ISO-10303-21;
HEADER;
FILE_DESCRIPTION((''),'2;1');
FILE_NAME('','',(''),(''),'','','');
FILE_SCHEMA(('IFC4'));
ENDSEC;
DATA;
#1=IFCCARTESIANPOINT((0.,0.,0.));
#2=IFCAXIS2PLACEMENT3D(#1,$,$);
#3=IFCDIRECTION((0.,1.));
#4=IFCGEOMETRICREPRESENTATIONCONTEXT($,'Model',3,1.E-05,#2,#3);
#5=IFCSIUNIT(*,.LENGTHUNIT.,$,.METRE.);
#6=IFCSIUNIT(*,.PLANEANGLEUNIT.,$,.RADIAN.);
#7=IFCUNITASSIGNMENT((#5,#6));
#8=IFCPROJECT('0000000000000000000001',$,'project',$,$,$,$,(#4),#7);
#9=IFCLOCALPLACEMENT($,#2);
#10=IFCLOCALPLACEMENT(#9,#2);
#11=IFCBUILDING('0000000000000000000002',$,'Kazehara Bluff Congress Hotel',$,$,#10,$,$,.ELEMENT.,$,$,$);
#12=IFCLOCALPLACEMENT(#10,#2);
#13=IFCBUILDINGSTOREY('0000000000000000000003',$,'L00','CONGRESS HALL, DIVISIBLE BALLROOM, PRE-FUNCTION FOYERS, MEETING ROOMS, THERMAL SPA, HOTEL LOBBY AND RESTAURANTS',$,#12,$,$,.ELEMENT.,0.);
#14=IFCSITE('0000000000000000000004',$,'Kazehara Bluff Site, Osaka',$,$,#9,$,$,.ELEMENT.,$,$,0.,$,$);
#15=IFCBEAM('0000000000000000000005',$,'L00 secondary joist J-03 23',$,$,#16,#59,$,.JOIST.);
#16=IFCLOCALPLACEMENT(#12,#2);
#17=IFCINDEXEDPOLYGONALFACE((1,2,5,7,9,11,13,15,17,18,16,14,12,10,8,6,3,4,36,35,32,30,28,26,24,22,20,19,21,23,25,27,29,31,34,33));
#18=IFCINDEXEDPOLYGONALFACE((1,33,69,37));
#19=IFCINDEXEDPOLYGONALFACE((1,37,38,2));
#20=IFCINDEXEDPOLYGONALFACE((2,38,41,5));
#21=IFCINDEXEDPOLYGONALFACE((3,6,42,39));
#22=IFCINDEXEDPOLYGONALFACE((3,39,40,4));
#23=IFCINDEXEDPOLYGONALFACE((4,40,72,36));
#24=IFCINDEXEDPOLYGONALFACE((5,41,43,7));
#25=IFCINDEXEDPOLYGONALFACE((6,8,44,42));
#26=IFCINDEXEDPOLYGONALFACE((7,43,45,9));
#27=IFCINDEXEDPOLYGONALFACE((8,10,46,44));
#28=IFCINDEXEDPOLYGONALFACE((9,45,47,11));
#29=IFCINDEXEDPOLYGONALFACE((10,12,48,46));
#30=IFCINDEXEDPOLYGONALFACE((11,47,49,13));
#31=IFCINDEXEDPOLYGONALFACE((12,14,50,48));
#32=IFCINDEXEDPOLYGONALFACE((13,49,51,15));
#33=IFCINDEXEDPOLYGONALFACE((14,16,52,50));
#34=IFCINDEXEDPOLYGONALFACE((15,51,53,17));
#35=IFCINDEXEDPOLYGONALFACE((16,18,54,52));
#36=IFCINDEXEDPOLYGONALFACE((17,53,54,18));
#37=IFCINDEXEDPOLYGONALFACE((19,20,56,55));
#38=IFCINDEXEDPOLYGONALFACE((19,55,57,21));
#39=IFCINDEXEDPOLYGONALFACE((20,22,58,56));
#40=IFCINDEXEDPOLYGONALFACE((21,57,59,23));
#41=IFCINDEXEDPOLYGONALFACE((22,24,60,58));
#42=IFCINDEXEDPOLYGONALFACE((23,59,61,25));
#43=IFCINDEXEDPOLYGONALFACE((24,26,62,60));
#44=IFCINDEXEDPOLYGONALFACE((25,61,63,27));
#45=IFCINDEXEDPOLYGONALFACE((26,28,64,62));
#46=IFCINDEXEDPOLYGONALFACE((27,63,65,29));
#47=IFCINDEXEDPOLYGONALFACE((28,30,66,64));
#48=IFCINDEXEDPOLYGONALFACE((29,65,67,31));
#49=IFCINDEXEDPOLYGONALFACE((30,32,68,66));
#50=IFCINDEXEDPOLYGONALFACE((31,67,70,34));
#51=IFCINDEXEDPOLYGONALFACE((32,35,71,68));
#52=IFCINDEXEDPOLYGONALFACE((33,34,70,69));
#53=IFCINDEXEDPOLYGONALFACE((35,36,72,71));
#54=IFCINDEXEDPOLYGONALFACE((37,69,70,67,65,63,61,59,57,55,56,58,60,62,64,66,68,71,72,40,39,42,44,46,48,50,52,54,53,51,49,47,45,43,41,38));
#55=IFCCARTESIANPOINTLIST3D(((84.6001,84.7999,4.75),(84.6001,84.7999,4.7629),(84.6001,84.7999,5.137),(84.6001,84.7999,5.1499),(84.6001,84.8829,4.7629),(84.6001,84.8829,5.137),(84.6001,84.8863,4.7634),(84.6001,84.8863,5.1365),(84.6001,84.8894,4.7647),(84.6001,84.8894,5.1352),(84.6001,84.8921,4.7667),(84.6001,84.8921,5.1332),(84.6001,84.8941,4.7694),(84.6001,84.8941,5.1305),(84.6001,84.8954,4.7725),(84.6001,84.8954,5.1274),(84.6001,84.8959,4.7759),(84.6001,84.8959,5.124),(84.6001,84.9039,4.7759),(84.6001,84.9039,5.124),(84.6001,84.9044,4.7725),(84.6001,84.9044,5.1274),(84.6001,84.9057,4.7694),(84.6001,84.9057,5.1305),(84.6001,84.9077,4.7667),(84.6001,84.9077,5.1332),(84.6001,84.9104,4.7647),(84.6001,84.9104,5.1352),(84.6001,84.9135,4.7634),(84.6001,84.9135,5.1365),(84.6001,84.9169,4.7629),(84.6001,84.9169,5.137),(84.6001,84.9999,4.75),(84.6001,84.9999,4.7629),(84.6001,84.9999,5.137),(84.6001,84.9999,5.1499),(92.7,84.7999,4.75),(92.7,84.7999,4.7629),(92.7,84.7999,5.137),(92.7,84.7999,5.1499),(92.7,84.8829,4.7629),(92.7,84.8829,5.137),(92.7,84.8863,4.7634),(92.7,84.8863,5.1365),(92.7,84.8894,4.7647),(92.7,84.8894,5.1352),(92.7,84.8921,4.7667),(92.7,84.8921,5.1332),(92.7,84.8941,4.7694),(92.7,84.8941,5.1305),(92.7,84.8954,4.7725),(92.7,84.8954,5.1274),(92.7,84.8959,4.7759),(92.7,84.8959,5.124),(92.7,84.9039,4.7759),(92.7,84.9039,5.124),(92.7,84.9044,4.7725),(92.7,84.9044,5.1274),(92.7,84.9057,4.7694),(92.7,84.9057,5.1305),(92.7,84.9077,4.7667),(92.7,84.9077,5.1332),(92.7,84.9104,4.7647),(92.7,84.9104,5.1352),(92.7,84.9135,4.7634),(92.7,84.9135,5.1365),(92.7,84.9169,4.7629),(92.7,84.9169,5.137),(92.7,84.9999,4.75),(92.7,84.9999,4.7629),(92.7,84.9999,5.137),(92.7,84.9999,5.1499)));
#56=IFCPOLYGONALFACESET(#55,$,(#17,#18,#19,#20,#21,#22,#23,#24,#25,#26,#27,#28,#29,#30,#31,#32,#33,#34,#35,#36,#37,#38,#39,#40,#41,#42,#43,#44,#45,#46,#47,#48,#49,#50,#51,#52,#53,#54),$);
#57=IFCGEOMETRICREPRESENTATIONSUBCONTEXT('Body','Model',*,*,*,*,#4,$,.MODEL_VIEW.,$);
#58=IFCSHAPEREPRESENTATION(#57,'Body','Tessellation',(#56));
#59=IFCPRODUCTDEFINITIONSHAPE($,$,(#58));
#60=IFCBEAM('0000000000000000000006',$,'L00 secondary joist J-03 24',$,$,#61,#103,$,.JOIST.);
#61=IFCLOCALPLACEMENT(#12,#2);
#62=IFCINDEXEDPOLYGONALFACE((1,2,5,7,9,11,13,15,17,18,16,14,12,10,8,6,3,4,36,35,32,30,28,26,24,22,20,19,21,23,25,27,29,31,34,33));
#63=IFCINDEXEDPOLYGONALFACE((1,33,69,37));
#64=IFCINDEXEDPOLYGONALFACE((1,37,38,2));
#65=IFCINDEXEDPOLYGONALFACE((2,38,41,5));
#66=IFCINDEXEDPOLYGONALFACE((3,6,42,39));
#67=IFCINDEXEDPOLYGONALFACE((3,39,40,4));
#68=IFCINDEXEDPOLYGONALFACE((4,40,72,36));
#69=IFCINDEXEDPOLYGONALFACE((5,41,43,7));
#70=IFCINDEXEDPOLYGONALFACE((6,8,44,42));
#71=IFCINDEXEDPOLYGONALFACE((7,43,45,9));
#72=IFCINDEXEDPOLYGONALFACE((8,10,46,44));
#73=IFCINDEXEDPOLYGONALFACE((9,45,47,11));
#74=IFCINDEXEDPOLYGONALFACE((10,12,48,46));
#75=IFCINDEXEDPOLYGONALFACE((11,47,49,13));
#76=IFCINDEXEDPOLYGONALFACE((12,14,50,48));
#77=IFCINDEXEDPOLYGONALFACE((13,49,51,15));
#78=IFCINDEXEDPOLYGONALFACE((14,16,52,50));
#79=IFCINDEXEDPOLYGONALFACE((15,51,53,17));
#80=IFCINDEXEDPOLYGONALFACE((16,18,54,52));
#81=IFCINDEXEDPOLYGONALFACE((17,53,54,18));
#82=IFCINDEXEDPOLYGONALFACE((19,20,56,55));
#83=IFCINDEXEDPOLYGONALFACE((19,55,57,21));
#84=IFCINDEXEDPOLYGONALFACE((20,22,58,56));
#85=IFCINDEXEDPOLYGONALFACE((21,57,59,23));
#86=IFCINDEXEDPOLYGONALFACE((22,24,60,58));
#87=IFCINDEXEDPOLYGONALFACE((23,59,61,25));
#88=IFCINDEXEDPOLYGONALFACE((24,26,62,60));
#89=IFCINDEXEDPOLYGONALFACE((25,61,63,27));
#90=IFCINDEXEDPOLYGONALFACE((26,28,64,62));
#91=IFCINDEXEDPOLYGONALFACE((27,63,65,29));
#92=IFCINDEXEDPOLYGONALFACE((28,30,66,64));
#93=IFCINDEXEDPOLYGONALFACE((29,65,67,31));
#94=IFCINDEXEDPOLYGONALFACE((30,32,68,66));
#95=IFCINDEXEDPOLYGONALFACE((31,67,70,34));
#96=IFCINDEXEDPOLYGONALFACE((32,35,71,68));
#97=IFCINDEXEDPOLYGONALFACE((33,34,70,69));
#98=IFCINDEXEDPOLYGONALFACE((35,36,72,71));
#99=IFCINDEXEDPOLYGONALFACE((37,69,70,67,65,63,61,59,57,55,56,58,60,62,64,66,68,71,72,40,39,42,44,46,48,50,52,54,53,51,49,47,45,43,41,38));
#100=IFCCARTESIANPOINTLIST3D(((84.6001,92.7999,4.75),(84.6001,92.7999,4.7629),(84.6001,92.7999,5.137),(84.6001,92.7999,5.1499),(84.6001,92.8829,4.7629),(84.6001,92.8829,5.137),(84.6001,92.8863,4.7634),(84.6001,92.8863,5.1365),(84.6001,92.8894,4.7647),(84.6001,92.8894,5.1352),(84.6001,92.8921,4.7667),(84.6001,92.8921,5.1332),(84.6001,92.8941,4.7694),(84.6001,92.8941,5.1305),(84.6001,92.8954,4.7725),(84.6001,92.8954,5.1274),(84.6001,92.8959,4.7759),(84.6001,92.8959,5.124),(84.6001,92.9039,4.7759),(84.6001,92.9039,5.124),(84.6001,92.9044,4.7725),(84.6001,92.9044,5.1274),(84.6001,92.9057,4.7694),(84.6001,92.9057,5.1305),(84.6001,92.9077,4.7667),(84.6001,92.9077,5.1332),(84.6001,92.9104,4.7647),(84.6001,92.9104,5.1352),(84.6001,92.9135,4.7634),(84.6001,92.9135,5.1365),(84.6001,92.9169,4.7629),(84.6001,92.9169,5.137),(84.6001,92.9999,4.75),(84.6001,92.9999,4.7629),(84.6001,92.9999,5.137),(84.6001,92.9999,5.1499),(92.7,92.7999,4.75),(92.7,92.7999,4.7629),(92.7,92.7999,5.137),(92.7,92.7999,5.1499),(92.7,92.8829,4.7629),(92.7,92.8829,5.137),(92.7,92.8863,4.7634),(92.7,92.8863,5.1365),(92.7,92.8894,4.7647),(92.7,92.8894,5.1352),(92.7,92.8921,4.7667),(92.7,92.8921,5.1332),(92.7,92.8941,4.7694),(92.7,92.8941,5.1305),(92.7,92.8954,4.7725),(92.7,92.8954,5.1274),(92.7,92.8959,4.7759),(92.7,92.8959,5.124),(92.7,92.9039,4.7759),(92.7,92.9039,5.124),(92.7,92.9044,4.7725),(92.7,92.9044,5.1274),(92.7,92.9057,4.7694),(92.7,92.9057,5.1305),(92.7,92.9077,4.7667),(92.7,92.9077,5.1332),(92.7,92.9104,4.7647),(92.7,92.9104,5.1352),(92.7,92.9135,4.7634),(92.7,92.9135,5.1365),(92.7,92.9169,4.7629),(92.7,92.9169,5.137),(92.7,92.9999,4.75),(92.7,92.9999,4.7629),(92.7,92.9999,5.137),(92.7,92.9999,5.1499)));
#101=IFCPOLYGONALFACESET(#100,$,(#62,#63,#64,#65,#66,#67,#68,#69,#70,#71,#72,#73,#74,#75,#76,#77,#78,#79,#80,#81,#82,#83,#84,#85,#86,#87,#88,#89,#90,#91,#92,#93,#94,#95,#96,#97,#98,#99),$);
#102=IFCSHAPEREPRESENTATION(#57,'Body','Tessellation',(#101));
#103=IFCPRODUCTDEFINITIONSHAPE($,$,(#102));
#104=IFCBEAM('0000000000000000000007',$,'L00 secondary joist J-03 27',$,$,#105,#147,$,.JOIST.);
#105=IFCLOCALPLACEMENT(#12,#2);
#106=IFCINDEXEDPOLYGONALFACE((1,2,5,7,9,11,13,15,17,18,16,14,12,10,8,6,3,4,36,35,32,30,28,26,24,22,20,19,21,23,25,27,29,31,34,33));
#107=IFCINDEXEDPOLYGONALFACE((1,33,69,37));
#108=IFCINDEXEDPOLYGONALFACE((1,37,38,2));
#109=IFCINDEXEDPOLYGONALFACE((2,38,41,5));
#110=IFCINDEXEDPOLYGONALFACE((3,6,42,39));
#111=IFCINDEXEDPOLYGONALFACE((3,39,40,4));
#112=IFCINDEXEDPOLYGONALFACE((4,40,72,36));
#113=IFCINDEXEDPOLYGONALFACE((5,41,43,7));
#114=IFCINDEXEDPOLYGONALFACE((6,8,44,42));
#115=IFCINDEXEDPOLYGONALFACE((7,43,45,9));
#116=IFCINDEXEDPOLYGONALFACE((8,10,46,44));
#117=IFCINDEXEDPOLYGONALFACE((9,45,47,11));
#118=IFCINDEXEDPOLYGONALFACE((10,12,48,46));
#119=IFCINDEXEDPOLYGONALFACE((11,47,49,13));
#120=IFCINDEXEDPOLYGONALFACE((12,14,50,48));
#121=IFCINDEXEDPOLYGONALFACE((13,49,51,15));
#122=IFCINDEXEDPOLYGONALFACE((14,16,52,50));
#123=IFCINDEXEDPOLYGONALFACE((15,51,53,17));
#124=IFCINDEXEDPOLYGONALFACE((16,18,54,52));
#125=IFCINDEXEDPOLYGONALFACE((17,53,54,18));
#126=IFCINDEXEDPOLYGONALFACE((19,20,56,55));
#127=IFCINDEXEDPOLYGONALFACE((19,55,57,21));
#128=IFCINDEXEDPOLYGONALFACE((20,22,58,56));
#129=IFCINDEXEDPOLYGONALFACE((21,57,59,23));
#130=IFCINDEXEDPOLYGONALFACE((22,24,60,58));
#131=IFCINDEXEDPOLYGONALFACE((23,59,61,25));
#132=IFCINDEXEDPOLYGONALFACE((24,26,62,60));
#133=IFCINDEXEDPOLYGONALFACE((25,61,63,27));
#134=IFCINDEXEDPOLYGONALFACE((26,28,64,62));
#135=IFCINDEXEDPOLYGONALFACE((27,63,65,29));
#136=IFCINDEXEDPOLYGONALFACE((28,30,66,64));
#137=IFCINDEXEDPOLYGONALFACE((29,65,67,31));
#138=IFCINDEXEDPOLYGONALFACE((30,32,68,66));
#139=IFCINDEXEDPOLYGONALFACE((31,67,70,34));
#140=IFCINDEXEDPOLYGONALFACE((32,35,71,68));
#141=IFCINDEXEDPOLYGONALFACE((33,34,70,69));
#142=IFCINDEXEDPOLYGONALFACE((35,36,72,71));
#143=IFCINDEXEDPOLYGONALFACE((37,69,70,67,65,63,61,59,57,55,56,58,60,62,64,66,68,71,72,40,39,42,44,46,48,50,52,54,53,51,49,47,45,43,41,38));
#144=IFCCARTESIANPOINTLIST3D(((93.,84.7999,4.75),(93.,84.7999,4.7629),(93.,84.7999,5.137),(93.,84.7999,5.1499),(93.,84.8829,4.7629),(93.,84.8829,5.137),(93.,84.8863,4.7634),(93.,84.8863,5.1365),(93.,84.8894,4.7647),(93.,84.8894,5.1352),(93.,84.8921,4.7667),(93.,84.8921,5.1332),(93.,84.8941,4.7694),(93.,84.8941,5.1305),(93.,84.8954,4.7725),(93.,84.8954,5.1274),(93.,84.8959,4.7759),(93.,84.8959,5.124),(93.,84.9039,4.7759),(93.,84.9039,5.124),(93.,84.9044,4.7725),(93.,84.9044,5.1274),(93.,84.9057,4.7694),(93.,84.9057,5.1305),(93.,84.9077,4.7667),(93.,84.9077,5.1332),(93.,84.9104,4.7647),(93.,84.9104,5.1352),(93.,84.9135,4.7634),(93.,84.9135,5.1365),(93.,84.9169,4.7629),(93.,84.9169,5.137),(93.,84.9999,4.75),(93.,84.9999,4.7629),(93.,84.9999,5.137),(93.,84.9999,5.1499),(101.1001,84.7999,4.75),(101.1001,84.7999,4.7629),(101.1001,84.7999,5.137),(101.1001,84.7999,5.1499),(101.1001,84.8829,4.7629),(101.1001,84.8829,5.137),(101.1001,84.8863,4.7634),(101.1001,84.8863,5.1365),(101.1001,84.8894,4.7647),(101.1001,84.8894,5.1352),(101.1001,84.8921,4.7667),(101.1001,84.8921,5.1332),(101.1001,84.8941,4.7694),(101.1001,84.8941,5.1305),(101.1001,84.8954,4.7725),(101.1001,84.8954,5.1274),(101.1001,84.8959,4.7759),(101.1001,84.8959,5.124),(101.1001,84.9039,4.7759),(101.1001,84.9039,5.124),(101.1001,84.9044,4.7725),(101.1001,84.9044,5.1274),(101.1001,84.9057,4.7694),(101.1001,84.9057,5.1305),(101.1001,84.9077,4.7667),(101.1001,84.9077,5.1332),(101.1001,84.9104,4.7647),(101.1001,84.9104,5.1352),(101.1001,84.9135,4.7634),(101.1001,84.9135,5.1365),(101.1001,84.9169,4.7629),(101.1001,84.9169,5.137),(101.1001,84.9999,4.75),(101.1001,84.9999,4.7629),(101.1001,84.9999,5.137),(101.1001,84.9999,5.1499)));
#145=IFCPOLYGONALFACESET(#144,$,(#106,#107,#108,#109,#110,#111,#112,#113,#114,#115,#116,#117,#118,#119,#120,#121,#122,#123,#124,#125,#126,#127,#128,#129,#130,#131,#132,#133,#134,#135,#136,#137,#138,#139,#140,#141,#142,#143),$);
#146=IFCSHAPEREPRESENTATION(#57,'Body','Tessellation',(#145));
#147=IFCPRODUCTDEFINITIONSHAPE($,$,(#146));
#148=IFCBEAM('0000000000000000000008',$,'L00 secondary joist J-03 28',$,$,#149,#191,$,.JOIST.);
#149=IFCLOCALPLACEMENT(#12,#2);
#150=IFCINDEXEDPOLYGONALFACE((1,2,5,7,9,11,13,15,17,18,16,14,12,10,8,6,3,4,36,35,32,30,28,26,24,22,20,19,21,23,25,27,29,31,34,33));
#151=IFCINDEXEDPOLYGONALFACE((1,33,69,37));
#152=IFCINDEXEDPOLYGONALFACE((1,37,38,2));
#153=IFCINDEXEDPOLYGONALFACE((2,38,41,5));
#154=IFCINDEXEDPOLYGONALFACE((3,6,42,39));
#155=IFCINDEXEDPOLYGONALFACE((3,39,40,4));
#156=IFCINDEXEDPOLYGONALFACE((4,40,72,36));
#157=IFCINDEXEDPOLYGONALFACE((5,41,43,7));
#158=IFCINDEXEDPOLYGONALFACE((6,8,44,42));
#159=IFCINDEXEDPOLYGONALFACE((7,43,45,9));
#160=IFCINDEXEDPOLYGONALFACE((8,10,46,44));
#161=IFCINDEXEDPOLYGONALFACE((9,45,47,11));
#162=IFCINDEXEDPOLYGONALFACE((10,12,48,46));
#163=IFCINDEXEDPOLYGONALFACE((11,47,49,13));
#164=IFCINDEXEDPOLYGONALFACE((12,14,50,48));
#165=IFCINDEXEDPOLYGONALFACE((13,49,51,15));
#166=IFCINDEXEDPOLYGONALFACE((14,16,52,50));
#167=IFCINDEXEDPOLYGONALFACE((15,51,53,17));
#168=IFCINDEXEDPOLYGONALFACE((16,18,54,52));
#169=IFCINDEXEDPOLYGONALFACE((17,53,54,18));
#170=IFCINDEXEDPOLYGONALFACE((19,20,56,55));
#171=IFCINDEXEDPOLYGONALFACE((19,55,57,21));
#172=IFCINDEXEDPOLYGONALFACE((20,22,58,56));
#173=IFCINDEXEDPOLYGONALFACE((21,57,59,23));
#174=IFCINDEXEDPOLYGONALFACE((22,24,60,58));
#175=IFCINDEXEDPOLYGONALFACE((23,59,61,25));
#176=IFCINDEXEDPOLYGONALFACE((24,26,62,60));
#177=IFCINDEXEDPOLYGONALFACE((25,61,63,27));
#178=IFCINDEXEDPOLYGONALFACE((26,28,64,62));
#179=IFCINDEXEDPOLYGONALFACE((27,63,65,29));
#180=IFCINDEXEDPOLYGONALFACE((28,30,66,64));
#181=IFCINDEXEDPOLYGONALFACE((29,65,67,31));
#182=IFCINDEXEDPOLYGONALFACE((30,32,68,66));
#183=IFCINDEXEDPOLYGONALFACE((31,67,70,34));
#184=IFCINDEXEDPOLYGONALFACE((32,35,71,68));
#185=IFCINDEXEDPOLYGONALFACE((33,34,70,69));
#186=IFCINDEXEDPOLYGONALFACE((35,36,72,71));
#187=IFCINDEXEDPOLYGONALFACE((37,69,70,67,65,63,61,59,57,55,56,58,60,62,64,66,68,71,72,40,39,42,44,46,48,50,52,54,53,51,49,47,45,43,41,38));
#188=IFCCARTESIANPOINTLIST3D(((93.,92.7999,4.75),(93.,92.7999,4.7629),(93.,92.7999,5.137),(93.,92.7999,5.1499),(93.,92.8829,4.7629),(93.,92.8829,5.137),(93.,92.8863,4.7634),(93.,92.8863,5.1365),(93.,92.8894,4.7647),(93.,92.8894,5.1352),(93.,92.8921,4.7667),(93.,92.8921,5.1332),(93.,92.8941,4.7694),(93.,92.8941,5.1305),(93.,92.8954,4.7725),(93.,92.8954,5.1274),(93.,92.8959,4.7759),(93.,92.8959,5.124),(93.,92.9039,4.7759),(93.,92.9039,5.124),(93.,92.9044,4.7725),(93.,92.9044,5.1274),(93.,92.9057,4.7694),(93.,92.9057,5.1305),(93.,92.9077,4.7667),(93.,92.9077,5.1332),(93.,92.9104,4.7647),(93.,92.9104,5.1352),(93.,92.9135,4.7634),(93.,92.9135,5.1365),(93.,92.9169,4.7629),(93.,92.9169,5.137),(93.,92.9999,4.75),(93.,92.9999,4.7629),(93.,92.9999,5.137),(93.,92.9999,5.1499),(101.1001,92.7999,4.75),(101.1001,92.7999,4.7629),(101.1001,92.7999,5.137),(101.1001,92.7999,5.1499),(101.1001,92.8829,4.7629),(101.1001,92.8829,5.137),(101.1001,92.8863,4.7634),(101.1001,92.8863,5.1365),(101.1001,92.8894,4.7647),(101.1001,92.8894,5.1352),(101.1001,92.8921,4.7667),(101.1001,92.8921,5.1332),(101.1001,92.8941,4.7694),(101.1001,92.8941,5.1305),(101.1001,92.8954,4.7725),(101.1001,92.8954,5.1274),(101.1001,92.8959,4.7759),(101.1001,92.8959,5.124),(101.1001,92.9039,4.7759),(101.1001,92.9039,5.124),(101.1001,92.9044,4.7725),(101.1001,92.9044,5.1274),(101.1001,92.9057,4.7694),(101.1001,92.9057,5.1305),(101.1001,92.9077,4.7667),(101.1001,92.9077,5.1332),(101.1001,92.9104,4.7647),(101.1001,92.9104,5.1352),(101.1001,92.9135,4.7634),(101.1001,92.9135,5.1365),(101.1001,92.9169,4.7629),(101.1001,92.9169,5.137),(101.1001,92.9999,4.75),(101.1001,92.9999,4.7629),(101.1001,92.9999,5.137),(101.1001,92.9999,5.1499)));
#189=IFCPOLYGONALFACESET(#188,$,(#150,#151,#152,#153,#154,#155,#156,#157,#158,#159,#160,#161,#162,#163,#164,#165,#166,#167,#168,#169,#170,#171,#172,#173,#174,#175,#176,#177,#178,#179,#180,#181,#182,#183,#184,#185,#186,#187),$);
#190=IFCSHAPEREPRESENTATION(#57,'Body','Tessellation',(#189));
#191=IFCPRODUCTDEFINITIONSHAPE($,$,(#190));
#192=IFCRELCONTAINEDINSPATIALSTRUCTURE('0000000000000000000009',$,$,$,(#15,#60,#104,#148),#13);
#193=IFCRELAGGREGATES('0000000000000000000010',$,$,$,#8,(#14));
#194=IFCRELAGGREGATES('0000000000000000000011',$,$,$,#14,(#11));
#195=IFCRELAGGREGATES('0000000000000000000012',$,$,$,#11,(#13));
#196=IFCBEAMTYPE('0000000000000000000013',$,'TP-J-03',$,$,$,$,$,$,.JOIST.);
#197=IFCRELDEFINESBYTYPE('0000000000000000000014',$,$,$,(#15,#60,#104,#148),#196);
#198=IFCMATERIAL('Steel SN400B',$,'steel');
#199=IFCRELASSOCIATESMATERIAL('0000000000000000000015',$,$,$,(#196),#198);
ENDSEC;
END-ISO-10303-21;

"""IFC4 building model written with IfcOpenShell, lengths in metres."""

from ifc_helpers import new_model, si_unit, direction, frame, origin, origin_2d, place, context, subcontext, project, spatial, i_section, extrude, material, material_profile, profile_set, type_object, element, save


model = new_model("IFC4")

# Units and contexts
model_context = context("Model", 3, precision=1e-05, world=origin(), true_north=direction((0.0, 1.0)))
body_context = subcontext(model_context, "Body", "Model", "MODEL_VIEW")
ifc_project = project(units=[si_unit("LENGTHUNIT", "METRE"), si_unit("PLANEANGLEUNIT", "RADIAN")], contexts=[model_context])

# Site, building, storey
site_placement = place(None, origin())
site = spatial("IfcSite", under=ifc_project, at=site_placement, Name="Kazehara Bluff Site, Osaka", CompositionType="ELEMENT", RefElevation=0.0)
building_placement = place(site_placement, origin())
building = spatial("IfcBuilding", under=site, at=building_placement, Name="Kazehara Bluff Congress Hotel", CompositionType="ELEMENT")
storey_placement = place(building_placement, origin())
storey = spatial("IfcBuildingStorey", under=building, at=storey_placement, Name="L00", Description="CONGRESS HALL, DIVISIBLE BALLROOM, PRE-FUNCTION FOYERS, MEETING ROOMS, THERMAL SPA, HOTEL LOBBY AND RESTAURANTS", CompositionType="ELEMENT", Elevation=0.0)

# Beams
ifc_material_1 = material(Name="Steel SN400B", Category="steel")
ifc_material_profile_1 = material_profile(ifc_material_1, i_section(OverallWidth=0.2, OverallDepth=0.3999, WebThickness=0.0081, FlangeThickness=0.0129, FilletRadius=0.0129, at=origin_2d()))
ifc_profile_set_1 = profile_set([ifc_material_profile_1], Name="Steel SN400B")
beam_type_1 = type_object("IfcBeamType", Name="TP-J-03", PredefinedType="JOIST", material=ifc_profile_set_1)
for number, where, z_axis, x_axis, name in (
    (1, (84.6001, 84.8999, 4.95), (1.0, 0.0, 0.0), (0.0, 1.0, 0.0), "L00 secondary joist J-03 23"),
    (2, (84.6001, 92.8999, 4.95), (1.0, 0.0, 0.0), (0.0, 1.0, 0.0), "L00 secondary joist J-03 24"),
):
    element("IfcBeam", number, at=place(storey_placement, frame(where, z_axis=z_axis, x_axis=x_axis)), inside=storey, type_object=beam_type_1, Name=name, PredefinedType="JOIST", context=body_context, shape_type="SweptSolid", body=[
        extrude(i_section(OverallWidth=0.2, OverallDepth=0.3999, WebThickness=0.0081, FlangeThickness=0.0129, FilletRadius=0.0129, at=origin_2d()), origin(), (0.0, 0.0, 1.0), 8.0999),
    ])
for number, where, z_axis, x_axis, name in (
    (3, (93.0, 84.8999, 4.95), (1.0, 0.0, 0.0), (0.0, 1.0, 0.0), "L00 secondary joist J-03 27"),
    (4, (93.0, 92.8999, 4.95), (1.0, 0.0, 0.0), (0.0, 1.0, 0.0), "L00 secondary joist J-03 28"),
):
    element("IfcBeam", number, at=place(storey_placement, frame(where, z_axis=z_axis, x_axis=x_axis)), inside=storey, type_object=beam_type_1, Name=name, PredefinedType="JOIST", context=body_context, shape_type="SweptSolid", body=[
        extrude(i_section(OverallWidth=0.2, OverallDepth=0.3999, WebThickness=0.0081, FlangeThickness=0.0129, FilletRadius=0.0129, at=origin_2d()), origin(), (0.0, 0.0, 1.0), 8.1001),
    ])

save(model, "model.ifc")
